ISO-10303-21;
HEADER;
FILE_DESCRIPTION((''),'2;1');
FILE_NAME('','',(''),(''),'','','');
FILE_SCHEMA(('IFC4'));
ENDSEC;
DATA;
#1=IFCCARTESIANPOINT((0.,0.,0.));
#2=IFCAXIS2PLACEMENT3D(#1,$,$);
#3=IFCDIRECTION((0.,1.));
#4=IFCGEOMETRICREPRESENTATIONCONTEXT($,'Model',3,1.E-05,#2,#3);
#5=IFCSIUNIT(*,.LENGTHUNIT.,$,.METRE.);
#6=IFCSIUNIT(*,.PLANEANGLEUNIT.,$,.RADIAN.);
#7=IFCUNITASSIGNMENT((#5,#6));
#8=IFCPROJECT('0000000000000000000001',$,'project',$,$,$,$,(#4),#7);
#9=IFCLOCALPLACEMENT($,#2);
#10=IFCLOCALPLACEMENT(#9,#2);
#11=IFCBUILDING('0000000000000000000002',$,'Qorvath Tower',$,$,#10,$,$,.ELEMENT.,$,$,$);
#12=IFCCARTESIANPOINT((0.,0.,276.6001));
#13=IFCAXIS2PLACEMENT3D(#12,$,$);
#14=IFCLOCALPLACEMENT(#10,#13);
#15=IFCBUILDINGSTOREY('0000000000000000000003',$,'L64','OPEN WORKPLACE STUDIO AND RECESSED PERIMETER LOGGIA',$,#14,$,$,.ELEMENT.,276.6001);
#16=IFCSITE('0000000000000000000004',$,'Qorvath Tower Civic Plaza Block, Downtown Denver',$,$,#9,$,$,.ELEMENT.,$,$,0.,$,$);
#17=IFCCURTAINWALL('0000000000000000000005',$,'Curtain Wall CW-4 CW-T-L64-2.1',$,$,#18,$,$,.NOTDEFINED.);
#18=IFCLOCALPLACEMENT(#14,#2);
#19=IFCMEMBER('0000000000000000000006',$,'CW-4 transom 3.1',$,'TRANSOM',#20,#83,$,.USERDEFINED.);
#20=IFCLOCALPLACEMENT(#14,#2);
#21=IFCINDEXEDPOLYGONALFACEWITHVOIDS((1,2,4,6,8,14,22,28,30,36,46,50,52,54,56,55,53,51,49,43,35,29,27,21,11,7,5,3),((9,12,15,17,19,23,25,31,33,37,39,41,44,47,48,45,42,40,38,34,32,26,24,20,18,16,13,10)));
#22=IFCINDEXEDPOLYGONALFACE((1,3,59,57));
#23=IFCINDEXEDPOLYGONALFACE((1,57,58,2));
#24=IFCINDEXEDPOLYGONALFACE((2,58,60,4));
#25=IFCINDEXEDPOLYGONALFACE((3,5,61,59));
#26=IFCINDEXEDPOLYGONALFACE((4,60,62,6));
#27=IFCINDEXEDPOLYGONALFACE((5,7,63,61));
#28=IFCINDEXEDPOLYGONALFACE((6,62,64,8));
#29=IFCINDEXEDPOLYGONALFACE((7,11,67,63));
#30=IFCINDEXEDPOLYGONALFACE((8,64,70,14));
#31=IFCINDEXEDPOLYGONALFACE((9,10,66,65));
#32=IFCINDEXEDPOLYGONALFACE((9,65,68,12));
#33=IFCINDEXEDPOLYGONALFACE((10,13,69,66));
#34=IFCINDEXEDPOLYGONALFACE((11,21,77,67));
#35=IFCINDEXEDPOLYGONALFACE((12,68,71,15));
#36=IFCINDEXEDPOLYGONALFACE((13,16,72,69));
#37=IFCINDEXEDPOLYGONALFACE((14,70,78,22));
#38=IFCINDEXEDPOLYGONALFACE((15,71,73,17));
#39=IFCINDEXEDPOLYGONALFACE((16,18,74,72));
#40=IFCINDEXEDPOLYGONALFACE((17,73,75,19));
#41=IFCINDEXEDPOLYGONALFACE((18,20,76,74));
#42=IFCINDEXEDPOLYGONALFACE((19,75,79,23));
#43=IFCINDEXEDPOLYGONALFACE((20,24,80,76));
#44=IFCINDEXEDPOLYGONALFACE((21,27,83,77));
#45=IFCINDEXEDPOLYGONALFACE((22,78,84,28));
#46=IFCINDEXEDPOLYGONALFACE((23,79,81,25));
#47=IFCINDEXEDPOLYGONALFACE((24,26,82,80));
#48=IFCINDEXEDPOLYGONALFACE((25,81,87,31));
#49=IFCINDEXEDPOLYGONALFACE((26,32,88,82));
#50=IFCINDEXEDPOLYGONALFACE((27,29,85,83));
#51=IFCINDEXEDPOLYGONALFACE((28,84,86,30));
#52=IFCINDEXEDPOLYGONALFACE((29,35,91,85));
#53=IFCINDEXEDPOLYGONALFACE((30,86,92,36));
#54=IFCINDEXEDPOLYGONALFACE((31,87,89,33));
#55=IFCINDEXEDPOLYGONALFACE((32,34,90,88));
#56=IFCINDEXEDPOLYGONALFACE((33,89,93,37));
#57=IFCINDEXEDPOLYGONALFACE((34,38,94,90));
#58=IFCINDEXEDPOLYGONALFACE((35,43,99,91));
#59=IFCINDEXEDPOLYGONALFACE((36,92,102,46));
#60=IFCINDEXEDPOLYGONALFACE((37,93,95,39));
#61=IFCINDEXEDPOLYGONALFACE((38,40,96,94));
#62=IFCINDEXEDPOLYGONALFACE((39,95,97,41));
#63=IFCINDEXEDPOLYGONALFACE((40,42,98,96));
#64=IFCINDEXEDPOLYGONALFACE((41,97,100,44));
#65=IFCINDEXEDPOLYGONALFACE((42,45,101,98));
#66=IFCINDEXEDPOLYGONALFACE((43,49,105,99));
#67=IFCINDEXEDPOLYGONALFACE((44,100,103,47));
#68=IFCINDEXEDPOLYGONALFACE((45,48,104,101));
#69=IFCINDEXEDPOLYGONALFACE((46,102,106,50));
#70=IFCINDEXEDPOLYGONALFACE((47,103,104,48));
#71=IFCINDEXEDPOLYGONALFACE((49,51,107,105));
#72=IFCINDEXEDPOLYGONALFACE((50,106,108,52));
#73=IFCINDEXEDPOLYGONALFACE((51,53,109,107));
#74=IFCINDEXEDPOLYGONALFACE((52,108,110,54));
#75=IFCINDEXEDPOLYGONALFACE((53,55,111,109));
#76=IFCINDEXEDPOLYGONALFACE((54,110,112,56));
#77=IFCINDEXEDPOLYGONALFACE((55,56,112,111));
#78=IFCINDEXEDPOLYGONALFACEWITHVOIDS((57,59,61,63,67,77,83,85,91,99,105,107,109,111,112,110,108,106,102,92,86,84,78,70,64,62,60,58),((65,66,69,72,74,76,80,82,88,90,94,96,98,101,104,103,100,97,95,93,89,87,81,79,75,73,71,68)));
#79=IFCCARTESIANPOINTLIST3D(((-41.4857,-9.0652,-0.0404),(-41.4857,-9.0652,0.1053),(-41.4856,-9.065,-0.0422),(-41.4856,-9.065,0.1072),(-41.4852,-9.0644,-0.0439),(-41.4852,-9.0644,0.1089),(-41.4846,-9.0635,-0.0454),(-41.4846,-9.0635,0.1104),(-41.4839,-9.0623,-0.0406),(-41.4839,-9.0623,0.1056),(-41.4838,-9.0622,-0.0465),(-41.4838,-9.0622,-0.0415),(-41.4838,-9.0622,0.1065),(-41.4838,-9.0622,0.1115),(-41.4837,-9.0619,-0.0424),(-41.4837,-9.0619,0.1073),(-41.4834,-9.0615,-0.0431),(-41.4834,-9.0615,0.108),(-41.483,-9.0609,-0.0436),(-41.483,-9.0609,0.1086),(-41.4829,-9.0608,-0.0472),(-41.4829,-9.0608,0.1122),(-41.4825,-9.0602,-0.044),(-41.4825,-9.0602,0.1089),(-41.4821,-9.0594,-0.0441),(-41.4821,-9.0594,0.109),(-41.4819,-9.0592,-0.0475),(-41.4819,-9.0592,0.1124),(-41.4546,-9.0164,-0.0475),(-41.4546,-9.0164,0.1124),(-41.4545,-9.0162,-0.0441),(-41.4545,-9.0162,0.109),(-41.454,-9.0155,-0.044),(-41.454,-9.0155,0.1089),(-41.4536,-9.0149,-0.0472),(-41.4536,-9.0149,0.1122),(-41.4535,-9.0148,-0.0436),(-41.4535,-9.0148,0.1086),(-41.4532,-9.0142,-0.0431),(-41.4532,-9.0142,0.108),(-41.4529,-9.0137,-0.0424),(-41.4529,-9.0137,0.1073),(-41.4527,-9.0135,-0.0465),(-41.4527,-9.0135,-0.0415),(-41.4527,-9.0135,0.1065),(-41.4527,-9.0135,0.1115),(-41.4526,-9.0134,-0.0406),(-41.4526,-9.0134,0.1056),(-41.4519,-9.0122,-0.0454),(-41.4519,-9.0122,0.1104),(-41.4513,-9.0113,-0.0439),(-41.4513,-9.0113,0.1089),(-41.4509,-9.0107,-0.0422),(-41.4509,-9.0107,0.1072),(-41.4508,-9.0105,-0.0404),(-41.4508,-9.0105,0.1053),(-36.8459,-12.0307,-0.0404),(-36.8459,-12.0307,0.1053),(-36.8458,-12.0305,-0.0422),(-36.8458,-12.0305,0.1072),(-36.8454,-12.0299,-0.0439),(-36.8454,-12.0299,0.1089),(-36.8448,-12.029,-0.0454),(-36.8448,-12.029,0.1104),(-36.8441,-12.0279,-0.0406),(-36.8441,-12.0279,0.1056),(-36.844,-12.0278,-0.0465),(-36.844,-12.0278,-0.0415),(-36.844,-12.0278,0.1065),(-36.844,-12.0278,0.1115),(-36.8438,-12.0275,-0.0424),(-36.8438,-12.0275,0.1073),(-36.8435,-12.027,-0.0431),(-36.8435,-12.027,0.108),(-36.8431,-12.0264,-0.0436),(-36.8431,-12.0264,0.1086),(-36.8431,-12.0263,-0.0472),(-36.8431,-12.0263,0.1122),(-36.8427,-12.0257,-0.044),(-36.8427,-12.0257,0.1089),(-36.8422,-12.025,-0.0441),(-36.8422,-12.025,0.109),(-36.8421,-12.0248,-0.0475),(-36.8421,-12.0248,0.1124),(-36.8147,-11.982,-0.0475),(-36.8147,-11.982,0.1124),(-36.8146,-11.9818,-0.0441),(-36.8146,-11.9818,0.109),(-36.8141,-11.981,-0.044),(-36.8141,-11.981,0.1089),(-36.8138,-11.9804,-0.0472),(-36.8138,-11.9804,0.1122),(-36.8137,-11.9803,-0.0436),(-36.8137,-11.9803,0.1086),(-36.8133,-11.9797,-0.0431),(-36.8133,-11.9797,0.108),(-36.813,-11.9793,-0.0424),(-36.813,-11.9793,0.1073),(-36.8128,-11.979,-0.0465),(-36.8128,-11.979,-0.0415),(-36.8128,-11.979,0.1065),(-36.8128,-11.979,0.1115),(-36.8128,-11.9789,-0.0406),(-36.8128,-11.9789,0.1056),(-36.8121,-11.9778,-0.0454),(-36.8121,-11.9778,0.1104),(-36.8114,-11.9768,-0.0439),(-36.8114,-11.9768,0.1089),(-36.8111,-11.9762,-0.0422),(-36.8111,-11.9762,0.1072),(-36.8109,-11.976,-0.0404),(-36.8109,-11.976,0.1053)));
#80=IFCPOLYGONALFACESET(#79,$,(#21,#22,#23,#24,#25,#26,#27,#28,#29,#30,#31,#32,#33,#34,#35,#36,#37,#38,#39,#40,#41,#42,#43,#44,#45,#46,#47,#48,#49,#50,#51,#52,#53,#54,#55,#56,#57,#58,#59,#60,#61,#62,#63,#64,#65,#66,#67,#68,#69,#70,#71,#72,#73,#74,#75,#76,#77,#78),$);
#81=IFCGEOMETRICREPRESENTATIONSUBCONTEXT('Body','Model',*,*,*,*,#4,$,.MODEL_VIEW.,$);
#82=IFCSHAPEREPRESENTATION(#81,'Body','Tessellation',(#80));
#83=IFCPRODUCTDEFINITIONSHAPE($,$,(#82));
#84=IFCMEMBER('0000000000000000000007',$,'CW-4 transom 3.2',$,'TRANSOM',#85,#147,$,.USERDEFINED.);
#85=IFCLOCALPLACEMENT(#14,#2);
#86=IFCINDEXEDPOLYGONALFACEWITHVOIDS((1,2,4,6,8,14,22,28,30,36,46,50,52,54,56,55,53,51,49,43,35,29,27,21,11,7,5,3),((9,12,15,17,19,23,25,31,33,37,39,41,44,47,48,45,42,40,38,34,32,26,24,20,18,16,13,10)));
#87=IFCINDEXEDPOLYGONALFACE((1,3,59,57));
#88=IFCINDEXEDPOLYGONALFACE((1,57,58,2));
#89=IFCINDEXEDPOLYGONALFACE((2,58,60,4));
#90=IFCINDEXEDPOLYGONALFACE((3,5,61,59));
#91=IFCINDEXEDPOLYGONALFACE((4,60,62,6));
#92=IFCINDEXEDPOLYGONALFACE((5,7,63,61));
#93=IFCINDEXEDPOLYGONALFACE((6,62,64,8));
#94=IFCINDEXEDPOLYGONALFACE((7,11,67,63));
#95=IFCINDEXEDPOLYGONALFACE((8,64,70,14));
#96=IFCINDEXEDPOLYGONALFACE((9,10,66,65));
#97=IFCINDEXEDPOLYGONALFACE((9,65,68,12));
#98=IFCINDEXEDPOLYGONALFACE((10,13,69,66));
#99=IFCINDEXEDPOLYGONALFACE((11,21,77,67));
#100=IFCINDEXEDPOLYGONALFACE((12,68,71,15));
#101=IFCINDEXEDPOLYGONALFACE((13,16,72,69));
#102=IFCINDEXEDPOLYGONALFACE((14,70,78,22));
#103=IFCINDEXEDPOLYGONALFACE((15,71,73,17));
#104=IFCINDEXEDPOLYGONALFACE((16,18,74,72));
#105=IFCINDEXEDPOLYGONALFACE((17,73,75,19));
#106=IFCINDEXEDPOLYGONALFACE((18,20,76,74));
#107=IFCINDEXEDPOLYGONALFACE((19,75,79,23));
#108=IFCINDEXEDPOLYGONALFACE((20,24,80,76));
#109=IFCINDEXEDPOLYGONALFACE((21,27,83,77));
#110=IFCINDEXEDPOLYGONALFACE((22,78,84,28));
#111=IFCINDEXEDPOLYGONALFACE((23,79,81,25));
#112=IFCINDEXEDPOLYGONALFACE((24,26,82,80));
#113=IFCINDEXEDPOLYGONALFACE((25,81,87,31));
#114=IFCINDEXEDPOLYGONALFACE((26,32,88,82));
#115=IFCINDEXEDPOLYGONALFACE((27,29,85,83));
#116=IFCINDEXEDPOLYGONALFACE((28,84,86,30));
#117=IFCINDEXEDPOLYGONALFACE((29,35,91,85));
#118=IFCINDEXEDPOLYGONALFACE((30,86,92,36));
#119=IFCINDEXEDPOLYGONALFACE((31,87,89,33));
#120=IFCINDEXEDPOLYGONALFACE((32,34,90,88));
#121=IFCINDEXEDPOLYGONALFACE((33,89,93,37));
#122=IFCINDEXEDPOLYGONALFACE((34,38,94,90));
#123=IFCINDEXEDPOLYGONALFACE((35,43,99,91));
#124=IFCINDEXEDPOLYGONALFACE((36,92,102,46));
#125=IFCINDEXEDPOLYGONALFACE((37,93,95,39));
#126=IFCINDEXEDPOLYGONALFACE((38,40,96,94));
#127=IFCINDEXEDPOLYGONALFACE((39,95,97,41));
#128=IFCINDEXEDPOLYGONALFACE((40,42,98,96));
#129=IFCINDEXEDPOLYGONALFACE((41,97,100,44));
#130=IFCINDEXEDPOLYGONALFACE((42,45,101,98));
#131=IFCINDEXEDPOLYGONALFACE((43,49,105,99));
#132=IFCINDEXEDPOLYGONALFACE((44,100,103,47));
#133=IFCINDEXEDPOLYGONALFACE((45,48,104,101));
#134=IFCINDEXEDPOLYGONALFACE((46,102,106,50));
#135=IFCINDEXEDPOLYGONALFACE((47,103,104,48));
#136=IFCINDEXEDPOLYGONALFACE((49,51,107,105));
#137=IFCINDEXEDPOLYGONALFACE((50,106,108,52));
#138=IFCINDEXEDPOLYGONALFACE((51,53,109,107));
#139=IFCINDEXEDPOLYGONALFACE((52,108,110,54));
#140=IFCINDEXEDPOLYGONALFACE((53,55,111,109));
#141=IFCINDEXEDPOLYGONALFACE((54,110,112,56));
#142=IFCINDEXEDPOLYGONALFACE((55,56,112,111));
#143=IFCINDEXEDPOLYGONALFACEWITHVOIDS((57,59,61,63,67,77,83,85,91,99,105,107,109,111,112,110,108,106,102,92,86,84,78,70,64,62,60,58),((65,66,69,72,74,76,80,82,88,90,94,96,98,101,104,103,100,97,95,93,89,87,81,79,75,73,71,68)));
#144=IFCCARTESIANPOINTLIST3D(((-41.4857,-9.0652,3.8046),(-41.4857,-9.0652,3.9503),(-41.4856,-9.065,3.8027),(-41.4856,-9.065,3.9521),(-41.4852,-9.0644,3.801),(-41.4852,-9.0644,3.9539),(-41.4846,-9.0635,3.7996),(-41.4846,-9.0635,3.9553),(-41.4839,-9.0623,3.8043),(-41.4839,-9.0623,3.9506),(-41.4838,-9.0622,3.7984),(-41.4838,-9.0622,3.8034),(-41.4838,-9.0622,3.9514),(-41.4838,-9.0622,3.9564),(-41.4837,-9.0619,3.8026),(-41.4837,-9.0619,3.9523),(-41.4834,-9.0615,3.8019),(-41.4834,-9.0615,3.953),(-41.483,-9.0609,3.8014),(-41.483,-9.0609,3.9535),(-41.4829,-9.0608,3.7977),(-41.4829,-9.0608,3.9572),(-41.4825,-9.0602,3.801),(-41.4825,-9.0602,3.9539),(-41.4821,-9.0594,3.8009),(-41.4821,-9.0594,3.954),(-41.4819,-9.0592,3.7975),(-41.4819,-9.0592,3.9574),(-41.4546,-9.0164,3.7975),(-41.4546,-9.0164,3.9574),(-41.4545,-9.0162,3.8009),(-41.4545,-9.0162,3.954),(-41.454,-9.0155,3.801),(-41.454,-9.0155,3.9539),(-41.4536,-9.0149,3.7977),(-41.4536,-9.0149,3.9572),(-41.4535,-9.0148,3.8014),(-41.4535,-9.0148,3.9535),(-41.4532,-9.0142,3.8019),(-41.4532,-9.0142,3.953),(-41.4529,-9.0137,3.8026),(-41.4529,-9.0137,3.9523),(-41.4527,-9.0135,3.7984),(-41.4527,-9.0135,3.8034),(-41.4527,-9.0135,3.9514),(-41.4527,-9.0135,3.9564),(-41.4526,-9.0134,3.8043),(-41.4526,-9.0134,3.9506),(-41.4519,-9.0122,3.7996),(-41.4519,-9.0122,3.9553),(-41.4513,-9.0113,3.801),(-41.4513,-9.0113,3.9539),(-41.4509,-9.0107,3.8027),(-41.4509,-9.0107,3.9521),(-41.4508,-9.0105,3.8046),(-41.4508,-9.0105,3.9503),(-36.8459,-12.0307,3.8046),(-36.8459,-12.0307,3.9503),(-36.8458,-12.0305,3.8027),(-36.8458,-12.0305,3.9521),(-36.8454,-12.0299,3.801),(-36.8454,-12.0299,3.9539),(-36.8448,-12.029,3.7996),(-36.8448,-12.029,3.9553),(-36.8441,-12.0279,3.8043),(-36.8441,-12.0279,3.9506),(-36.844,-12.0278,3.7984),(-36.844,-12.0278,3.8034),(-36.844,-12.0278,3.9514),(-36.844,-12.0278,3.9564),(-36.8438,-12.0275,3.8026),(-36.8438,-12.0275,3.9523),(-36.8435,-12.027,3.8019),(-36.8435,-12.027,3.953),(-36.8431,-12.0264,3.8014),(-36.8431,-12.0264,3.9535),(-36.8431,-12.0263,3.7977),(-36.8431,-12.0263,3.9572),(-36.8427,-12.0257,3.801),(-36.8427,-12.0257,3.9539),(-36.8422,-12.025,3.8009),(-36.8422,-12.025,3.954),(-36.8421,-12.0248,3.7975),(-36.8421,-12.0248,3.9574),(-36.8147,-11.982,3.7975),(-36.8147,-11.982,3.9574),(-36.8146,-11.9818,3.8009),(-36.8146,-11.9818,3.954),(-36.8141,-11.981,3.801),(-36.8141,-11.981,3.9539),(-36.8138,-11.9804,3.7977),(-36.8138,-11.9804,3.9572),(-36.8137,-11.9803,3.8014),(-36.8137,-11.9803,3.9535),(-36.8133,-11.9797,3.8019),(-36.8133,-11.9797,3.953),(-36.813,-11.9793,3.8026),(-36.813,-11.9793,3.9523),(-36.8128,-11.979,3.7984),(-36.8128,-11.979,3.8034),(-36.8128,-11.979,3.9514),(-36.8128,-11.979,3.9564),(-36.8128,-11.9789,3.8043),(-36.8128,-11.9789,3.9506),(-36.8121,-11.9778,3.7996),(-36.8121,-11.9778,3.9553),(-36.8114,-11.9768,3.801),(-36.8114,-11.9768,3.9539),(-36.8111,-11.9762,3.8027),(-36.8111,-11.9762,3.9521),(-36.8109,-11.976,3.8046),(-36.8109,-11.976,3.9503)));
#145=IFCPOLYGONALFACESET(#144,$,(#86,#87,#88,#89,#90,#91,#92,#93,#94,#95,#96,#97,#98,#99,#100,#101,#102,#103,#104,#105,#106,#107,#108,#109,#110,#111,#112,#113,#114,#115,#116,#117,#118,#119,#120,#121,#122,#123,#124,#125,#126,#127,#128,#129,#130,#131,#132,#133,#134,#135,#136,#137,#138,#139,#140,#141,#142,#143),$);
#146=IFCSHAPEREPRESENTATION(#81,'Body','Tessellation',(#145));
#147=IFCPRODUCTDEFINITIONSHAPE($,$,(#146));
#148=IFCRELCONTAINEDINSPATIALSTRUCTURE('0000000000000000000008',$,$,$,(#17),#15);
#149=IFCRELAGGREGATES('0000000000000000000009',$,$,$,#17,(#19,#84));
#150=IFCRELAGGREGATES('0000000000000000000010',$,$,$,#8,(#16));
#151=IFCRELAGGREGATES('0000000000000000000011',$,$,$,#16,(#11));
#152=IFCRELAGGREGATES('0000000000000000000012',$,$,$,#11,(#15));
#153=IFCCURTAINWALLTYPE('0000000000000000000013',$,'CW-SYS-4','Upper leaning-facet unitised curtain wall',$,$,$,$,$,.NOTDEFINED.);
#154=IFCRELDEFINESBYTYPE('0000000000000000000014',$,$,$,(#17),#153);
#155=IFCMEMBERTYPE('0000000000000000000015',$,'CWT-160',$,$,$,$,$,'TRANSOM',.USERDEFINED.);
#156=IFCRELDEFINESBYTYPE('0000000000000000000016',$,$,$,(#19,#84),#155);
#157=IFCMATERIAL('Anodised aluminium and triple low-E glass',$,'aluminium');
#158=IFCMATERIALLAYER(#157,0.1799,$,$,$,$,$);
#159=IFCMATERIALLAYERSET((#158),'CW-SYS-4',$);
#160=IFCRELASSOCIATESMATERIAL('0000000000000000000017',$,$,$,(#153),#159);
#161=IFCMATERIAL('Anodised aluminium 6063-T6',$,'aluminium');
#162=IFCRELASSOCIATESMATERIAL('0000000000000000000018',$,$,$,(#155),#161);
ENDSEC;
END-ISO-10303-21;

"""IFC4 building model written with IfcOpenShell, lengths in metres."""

from ifc_helpers import new_model, si_unit, direction, frame, origin, origin_2d, place, context, subcontext, project, spatial, hollow_rectangle, extrude, material, layer, layer_set, material_profile, profile_set, type_object, element, aggregate, save


model = new_model("IFC4")

# Units and contexts
model_context = context("Model", 3, precision=1e-05, world=origin(), true_north=direction((0.0, 1.0)))
body_context = subcontext(model_context, "Body", "Model", "MODEL_VIEW")
ifc_project = project(units=[si_unit("LENGTHUNIT", "METRE"), si_unit("PLANEANGLEUNIT", "RADIAN")], contexts=[model_context])

# Site, building, storey
site_placement = place(None, origin())
site = spatial("IfcSite", under=ifc_project, at=site_placement, Name="Qorvath Tower Civic Plaza Block, Downtown Denver", CompositionType="ELEMENT", RefElevation=0.0)
building_placement = place(site_placement, origin())
building = spatial("IfcBuilding", under=site, at=building_placement, Name="Qorvath Tower", CompositionType="ELEMENT")
storey_placement = place(building_placement, frame((0.0, 0.0, 276.6001)))
storey = spatial("IfcBuildingStorey", under=building, at=storey_placement, Name="L64", Description="OPEN WORKPLACE STUDIO AND RECESSED PERIMETER LOGGIA", CompositionType="ELEMENT", Elevation=276.6001)

# Curtain wall, members
ifc_material_1 = material(Name="Anodised aluminium and triple low-E glass", Category="aluminium")
ifc_layer_1 = layer(ifc_material_1, 0.1799)
ifc_layer_set_1 = layer_set([ifc_layer_1], Name="CW-SYS-4")
curtain_wall_type = type_object("IfcCurtainWallType", Name="CW-SYS-4", Description="Upper leaning-facet unitised curtain wall", PredefinedType="NOTDEFINED", material=ifc_layer_set_1)
curtain_wall_placement = place(storey_placement, origin())
curtain_wall = element("IfcCurtainWall", 1, at=curtain_wall_placement, inside=storey, type_object=curtain_wall_type, Name="Curtain Wall CW-4 CW-T-L64-2.1", PredefinedType="NOTDEFINED")
ifc_material_2 = material(Name="Anodised aluminium 6063-T6", Category="aluminium")
ifc_material_profile_1 = material_profile(ifc_material_2, hollow_rectangle(XDim=0.0649, YDim=0.1599, WallThickness=0.0034, InnerFilletRadius=0.0034, OuterFilletRadius=0.0071, at=origin_2d()), Name="CWT 160x65")
ifc_profile_set_1 = profile_set([ifc_material_profile_1], Name="Anodised aluminium 6063-T6")
member_type_1 = type_object("IfcMemberType", Name="CWT-160", ElementType="TRANSOM", PredefinedType="USERDEFINED", material=ifc_profile_set_1)
member_1_placement = place(storey_placement, frame((-41.4683, -9.0378, 0.0325), z_axis=(0.842597, -0.538544, 0.0), x_axis=(0.538544, 0.842597, 0.0)))
member_1 = element("IfcMember", 2, at=member_1_placement, type_object=member_type_1, Name="CW-4 transom 3.1", ObjectType="TRANSOM", PredefinedType="USERDEFINED", context=body_context, shape_type="SweptSolid", body=[
    extrude(hollow_rectangle(XDim=0.0649, YDim=0.1599, WallThickness=0.0034, InnerFilletRadius=0.0034, OuterFilletRadius=0.0071, at=origin_2d()), origin(), (0.0, 0.0, 1.0), 5.5066),
])
member_2_placement = place(storey_placement, frame((-41.4683, -9.0378, 3.8774), z_axis=(0.842597, -0.538544, 0.0), x_axis=(0.538544, 0.842597, 0.0)))
member_2 = element("IfcMember", 3, at=member_2_placement, type_object=member_type_1, Name="CW-4 transom 3.2", ObjectType="TRANSOM", PredefinedType="USERDEFINED", context=body_context, shape_type="SweptSolid", body=[
    extrude(hollow_rectangle(XDim=0.0649, YDim=0.1599, WallThickness=0.0034, InnerFilletRadius=0.0034, OuterFilletRadius=0.0071, at=origin_2d()), origin(), (0.0, 0.0, 1.0), 5.5066),
])

aggregate(curtain_wall, [member_1, member_2])

save(model, "model.ifc")
